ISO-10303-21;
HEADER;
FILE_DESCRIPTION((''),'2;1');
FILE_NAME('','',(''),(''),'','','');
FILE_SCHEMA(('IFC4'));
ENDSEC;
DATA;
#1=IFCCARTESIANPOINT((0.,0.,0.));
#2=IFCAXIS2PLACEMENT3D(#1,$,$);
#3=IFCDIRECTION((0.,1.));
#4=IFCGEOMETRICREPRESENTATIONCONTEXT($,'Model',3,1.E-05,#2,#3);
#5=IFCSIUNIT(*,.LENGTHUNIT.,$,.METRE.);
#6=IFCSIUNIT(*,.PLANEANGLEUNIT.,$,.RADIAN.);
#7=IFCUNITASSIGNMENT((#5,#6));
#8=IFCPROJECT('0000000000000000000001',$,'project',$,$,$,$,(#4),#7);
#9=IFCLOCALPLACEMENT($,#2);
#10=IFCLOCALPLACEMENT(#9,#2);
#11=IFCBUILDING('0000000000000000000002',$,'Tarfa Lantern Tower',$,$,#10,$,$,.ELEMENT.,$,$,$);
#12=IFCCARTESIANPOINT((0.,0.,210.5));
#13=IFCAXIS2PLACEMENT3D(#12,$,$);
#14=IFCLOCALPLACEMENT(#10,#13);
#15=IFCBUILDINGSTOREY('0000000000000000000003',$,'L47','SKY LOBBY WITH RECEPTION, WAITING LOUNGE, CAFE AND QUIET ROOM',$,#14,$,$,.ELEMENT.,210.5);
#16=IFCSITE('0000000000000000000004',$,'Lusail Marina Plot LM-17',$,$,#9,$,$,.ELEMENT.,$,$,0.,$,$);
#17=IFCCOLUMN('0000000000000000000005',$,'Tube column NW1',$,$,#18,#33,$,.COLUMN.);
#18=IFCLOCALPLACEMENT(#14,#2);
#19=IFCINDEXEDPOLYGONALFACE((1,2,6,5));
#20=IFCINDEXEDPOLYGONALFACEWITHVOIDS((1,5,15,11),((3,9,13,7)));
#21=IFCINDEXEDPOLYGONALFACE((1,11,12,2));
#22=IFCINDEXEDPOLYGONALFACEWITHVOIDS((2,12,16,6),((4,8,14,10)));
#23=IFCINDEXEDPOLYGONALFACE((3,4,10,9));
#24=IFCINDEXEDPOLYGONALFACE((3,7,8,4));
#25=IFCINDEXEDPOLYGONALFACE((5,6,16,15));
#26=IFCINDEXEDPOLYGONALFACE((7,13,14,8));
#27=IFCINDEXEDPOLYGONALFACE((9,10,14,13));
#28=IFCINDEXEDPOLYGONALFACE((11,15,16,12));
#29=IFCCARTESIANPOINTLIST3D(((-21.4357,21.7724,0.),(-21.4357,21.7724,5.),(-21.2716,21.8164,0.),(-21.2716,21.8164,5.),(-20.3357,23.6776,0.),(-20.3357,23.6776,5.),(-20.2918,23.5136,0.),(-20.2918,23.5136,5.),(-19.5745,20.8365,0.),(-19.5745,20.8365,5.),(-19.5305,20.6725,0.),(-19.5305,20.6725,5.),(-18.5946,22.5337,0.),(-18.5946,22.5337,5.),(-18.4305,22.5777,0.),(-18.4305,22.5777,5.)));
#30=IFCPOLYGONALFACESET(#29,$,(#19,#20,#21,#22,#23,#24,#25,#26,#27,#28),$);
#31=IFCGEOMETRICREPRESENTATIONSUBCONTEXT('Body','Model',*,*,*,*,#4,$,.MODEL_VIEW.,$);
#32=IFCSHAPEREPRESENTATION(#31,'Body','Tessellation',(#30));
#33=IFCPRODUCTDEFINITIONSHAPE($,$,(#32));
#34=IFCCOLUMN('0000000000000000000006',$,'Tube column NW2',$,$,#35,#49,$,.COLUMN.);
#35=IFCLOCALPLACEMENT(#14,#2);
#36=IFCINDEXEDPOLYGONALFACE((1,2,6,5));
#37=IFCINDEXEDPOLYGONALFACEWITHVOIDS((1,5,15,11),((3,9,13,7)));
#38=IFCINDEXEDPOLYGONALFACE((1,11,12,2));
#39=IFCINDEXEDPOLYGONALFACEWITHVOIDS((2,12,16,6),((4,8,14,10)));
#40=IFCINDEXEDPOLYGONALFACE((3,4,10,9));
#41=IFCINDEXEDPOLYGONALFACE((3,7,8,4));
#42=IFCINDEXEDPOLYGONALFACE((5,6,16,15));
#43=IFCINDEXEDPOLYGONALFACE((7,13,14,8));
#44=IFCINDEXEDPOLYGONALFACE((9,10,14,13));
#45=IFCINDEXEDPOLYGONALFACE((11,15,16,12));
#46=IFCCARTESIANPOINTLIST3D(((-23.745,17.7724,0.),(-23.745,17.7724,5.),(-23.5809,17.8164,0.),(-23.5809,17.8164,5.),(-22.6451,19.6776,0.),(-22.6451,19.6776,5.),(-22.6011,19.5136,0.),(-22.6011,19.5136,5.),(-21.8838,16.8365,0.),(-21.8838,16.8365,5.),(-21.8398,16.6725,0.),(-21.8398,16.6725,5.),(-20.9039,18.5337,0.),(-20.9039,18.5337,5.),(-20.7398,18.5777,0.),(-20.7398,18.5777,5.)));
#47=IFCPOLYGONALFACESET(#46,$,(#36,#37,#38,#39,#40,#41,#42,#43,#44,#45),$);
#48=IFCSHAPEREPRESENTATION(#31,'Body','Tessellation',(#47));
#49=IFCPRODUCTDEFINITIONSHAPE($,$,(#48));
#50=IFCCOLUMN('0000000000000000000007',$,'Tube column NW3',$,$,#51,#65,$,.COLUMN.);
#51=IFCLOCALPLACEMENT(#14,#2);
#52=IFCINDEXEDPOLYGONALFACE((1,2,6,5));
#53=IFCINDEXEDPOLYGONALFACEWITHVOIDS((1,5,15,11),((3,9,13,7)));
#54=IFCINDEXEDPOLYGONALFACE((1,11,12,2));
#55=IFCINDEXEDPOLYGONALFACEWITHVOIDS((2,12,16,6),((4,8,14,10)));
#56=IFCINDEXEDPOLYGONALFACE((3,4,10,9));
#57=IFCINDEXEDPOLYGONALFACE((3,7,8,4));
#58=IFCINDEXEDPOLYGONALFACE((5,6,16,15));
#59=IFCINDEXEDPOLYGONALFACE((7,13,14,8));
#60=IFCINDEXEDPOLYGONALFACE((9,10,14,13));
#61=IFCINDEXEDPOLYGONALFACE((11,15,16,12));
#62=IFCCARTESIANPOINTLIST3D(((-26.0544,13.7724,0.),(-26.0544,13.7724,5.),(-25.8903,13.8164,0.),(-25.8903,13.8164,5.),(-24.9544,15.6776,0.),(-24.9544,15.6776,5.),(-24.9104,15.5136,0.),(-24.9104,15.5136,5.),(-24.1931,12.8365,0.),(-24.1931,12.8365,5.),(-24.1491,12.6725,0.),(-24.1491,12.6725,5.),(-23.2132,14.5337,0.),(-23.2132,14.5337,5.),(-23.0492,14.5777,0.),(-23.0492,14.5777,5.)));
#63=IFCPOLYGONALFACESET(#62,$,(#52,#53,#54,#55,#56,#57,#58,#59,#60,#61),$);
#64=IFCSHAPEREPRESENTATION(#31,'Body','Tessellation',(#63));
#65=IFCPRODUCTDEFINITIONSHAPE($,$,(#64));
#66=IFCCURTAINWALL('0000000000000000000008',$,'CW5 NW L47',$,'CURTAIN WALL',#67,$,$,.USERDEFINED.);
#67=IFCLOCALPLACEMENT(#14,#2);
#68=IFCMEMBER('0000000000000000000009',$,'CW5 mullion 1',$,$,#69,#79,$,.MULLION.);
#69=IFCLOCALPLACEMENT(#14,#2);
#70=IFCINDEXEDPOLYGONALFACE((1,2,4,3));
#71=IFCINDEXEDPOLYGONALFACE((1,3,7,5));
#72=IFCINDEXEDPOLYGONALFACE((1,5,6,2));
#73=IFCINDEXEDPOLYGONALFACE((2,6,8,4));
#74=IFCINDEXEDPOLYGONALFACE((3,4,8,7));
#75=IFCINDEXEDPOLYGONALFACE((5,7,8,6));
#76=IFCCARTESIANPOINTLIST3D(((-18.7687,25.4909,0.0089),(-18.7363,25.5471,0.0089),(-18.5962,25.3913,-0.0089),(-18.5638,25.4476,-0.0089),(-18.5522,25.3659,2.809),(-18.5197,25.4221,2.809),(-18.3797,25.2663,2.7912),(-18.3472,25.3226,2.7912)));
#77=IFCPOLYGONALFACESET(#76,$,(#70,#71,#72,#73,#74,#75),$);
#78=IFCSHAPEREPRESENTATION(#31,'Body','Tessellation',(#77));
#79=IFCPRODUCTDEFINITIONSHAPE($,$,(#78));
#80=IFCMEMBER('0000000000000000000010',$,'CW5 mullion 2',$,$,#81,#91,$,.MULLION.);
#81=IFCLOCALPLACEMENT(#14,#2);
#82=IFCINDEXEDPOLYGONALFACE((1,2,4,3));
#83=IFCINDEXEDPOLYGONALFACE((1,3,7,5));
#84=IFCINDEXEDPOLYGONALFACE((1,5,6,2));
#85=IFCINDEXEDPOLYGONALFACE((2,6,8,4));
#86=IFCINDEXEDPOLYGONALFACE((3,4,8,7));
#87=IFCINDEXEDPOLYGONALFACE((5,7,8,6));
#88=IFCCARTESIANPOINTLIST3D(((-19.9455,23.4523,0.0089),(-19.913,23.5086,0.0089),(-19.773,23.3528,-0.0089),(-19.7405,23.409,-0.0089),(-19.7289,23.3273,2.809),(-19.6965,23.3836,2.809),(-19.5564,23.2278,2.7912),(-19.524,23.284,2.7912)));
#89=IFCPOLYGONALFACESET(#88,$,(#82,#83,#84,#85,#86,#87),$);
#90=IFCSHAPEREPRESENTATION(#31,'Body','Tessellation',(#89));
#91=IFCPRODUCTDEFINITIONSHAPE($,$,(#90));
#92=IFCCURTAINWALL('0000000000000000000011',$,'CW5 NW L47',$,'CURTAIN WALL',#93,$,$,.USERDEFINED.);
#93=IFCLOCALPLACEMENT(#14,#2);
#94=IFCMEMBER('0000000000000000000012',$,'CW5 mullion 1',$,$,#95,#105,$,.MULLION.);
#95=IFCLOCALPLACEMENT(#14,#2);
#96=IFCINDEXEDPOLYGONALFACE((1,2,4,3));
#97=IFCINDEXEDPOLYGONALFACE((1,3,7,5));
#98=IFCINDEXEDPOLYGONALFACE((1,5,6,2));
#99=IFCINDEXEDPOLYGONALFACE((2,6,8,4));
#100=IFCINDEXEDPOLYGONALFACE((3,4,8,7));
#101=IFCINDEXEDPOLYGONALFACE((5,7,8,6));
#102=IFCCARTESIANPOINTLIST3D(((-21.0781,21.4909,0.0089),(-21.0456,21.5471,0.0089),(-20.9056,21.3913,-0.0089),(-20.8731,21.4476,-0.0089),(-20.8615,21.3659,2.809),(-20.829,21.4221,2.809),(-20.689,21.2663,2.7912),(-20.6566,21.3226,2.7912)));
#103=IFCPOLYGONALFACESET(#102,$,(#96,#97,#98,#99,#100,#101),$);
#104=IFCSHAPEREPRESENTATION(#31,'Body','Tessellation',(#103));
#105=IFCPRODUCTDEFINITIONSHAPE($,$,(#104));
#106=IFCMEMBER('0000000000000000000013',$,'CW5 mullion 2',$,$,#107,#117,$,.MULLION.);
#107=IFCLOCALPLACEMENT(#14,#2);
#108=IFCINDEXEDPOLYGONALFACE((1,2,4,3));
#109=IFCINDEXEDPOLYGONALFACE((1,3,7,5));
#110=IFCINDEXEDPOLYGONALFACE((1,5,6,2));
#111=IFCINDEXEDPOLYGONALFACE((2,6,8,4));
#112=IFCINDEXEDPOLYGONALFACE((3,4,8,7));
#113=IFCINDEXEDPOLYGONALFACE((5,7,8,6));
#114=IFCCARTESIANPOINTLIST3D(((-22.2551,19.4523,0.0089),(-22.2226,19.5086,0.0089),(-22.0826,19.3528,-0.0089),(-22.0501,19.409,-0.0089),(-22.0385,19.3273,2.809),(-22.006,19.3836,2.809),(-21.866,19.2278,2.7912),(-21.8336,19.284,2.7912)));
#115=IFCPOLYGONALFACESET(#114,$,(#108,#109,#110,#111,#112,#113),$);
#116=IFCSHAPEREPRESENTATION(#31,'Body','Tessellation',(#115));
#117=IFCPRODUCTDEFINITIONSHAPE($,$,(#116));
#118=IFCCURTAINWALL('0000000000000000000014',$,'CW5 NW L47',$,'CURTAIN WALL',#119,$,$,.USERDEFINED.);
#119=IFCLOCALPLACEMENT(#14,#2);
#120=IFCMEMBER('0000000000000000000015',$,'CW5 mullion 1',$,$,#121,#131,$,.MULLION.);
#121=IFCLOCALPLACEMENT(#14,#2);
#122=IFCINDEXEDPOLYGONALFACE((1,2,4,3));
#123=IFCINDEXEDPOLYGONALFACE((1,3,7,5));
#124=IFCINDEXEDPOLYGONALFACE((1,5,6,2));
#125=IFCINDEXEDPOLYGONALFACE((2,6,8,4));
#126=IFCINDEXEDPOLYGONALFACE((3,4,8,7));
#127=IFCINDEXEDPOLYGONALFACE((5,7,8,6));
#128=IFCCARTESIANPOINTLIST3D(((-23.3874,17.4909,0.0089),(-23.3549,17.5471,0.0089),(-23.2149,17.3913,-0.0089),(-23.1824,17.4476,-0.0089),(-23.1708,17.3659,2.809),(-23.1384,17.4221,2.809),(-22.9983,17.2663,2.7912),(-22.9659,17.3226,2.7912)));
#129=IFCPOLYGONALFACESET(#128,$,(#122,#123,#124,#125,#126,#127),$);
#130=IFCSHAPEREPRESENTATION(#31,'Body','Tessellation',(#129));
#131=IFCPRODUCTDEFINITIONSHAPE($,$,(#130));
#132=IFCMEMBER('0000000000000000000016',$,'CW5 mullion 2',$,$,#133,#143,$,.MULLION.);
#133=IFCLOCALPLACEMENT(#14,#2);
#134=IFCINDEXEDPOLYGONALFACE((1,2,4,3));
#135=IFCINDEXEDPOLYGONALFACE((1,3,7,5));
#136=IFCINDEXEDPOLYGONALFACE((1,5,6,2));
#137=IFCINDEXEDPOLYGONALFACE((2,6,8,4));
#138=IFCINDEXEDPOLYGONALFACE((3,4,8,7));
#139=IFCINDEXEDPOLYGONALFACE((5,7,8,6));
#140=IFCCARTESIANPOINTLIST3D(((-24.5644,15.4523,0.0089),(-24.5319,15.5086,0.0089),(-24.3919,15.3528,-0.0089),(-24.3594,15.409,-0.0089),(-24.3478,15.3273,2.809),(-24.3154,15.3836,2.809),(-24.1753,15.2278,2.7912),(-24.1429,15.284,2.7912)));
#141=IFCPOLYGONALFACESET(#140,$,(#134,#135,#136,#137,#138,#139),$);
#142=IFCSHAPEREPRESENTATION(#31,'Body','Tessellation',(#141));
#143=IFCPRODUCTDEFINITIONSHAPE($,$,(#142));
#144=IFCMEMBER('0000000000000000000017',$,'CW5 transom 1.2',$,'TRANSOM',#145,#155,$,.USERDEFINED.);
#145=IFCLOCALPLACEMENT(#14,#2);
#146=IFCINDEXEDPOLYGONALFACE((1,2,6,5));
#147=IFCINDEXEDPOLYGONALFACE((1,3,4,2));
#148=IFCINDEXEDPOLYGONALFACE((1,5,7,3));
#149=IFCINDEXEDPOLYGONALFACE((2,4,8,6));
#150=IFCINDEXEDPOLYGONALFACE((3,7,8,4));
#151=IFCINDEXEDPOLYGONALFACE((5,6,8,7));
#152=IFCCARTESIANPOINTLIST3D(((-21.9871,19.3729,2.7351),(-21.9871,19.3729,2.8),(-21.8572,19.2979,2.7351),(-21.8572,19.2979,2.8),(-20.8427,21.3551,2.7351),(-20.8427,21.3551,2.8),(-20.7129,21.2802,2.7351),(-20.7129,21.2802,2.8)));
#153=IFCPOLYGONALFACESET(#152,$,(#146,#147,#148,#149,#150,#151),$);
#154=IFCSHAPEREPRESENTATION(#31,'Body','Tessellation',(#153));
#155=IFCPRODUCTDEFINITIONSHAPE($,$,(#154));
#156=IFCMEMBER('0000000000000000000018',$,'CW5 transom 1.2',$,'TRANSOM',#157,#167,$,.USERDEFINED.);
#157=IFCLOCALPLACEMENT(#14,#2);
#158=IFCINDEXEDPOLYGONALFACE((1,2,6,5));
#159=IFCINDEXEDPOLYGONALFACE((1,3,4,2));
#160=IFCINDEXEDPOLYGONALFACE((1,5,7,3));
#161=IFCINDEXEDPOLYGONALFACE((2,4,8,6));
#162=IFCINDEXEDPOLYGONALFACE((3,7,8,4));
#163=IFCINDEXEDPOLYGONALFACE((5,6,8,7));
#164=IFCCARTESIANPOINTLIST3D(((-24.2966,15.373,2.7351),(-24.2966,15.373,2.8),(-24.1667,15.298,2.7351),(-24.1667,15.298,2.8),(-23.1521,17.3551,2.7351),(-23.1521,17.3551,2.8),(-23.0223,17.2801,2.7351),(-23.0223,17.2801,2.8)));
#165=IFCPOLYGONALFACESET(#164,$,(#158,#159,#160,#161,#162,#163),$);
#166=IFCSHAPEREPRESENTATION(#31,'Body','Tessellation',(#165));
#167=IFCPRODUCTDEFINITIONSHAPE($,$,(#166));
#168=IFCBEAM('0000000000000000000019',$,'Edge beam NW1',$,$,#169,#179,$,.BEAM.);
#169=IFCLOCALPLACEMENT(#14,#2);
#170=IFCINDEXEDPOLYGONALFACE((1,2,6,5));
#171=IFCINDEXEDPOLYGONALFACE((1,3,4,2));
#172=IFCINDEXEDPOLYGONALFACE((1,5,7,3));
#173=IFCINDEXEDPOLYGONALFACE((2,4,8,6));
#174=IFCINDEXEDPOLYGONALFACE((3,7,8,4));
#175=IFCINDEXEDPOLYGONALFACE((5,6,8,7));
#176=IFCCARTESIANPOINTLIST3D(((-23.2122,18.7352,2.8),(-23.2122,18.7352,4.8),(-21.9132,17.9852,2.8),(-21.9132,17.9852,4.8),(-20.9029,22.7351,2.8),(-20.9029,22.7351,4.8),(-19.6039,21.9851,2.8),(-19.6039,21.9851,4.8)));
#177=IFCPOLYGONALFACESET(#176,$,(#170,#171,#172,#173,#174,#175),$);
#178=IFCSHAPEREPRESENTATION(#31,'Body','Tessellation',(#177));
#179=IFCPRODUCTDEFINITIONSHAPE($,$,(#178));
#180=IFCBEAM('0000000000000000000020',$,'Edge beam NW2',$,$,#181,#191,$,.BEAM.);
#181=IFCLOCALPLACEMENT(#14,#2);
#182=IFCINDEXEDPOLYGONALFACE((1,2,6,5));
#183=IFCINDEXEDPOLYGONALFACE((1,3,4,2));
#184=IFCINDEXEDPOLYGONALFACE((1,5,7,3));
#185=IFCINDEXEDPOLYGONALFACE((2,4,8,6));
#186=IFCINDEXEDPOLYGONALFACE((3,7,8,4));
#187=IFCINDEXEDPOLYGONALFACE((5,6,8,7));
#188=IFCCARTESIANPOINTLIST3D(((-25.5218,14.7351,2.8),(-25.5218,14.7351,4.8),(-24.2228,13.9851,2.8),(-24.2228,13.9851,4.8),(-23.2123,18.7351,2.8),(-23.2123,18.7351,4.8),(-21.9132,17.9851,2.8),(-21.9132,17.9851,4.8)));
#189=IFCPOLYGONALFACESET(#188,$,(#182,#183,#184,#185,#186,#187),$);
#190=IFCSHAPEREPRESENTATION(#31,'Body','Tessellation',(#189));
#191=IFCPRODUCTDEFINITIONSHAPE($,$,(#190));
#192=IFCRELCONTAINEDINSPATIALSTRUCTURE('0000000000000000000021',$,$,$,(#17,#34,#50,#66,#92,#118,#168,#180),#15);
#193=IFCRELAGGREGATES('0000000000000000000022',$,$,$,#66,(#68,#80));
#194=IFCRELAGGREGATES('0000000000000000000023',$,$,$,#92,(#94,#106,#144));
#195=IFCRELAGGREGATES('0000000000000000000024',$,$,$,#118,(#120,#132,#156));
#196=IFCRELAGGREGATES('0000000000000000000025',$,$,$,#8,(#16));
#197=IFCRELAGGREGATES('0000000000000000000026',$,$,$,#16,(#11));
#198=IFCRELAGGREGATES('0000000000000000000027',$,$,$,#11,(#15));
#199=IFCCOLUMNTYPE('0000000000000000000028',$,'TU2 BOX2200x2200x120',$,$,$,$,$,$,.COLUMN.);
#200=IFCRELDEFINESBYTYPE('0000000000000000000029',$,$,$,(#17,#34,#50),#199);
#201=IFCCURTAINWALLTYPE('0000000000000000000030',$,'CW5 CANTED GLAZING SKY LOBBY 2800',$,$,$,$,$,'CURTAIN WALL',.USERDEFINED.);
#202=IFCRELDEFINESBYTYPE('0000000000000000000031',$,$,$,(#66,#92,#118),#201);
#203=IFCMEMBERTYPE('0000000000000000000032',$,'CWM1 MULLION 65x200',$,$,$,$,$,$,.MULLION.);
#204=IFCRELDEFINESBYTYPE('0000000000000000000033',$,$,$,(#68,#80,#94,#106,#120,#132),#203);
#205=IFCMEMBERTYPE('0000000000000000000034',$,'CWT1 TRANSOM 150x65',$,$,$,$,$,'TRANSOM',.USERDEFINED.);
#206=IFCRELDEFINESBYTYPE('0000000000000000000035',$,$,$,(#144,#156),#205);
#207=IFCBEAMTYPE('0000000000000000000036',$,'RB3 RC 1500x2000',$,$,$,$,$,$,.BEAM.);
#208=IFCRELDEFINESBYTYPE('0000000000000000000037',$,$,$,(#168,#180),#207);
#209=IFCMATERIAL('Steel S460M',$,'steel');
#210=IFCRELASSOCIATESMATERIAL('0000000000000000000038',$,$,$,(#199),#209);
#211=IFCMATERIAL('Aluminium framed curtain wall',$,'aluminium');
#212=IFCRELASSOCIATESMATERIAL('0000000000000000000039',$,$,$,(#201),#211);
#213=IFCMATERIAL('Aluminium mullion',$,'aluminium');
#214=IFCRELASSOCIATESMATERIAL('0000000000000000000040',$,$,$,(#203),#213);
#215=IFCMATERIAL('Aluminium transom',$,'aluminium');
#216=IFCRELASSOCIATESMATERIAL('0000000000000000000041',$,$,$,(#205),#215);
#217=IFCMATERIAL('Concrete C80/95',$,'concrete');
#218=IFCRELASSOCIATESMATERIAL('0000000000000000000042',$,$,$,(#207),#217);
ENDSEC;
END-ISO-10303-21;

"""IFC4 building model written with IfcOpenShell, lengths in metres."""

from ifc_helpers import new_model, si_unit, direction, frame, origin, origin_2d, place, context, subcontext, project, spatial, rectangle, hollow_rectangle, extrude, material, material_profile, profile_set, type_object, element, aggregate, save


model = new_model("IFC4")

# Units and contexts
model_context = context("Model", 3, precision=1e-05, world=origin(), true_north=direction((0.0, 1.0)))
body_context = subcontext(model_context, "Body", "Model", "MODEL_VIEW")
ifc_project = project(units=[si_unit("LENGTHUNIT", "METRE"), si_unit("PLANEANGLEUNIT", "RADIAN")], contexts=[model_context])

# Site, building, storey
site_placement = place(None, origin())
site = spatial("IfcSite", under=ifc_project, at=site_placement, Name="Lusail Marina Plot LM-17", CompositionType="ELEMENT", RefElevation=0.0)
building_placement = place(site_placement, origin())
building = spatial("IfcBuilding", under=site, at=building_placement, Name="Tarfa Lantern Tower", CompositionType="ELEMENT")
storey_placement = place(building_placement, frame((0.0, 0.0, 210.5)))
storey = spatial("IfcBuildingStorey", under=building, at=storey_placement, Name="L47", Description="SKY LOBBY WITH RECEPTION, WAITING LOUNGE, CAFE AND QUIET ROOM", CompositionType="ELEMENT", Elevation=210.5)

# Columns
ifc_material_1 = material(Name="Steel S460M", Category="steel")
ifc_material_profile_1 = material_profile(ifc_material_1, hollow_rectangle(XDim=2.2, YDim=2.2, WallThickness=0.1201, at=origin_2d()), Name="BOX2200x2200x120")
ifc_profile_set_1 = profile_set([ifc_material_profile_1], Name="Steel S460M")
column_type = type_object("IfcColumnType", Name="TU2 BOX2200x2200x120", PredefinedType="COLUMN", material=ifc_profile_set_1)
for number, where, z_axis, x_axis, name in (
    (1, (-19.9331, 22.175, 0.0), (0.0, 0.0, 1.0), (-0.5, -0.866025, 0.0), "Tube column NW1"),
    (2, (-22.2424, 18.175, 0.0), (0.0, 0.0, 1.0), (-0.5, -0.866025, 0.0), "Tube column NW2"),
    (3, (-24.5518, 14.175, 0.0), (0.0, 0.0, 1.0), (-0.5, -0.866025, 0.0), "Tube column NW3"),
):
    element("IfcColumn", number, at=place(storey_placement, frame(where, z_axis=z_axis, x_axis=x_axis)), inside=storey, type_object=column_type, Name=name, PredefinedType="COLUMN", context=body_context, shape_type="SweptSolid", body=[
        extrude(hollow_rectangle(XDim=2.2, YDim=2.2, WallThickness=0.1201, at=origin_2d()), origin(), (0.0, 0.0, 1.0), 5.0),
    ])

# Curtain walls, members
ifc_material_2 = material(Name="Aluminium framed curtain wall", Category="aluminium")
curtain_wall_type = type_object("IfcCurtainWallType", Name="CW5 CANTED GLAZING SKY LOBBY 2800", ElementType="CURTAIN WALL", PredefinedType="USERDEFINED", material=ifc_material_2)
curtain_wall_1_placement = place(storey_placement, origin())
curtain_wall_1 = element("IfcCurtainWall", 4, at=curtain_wall_1_placement, inside=storey, type_object=curtain_wall_type, Name="CW5 NW L47", ObjectType="CURTAIN WALL", PredefinedType="USERDEFINED")
ifc_material_3 = material(Name="Aluminium mullion", Category="aluminium")
ifc_material_profile_2 = material_profile(ifc_material_3, rectangle(XDim=0.0649, YDim=0.2, at=origin_2d()), Name="AL MULLION 65x200")
ifc_profile_set_2 = profile_set([ifc_material_profile_2], Name="Aluminium mullion")
member_type_1 = type_object("IfcMemberType", Name="CWM1 MULLION 65x200", PredefinedType="MULLION", material=ifc_profile_set_2)
member_1_placement = place(storey_placement, frame((-18.6663, 25.4692, 0.0), z_axis=(0.077032, -0.044465, 0.996037), x_axis=(0.49992, 0.866072, 0.0)))
member_1 = element("IfcMember", 5, at=member_1_placement, type_object=member_type_1, Name="CW5 mullion 1", PredefinedType="MULLION", context=body_context, shape_type="SweptSolid", body=[
    extrude(rectangle(XDim=0.0649, YDim=0.2, at=origin_2d()), origin(), (0.0, 0.0, 1.0), 2.8113),
])
member_2_placement = place(storey_placement, frame((-19.843, 23.4307, 0.0), z_axis=(0.077032, -0.044465, 0.996037), x_axis=(0.49992, 0.866072, 0.0)))
member_2 = element("IfcMember", 6, at=member_2_placement, type_object=member_type_1, Name="CW5 mullion 2", PredefinedType="MULLION", context=body_context, shape_type="SweptSolid", body=[
    extrude(rectangle(XDim=0.0649, YDim=0.2, at=origin_2d()), origin(), (0.0, 0.0, 1.0), 2.8113),
])
curtain_wall_2_placement = place(storey_placement, origin())
curtain_wall_2 = element("IfcCurtainWall", 7, at=curtain_wall_2_placement, inside=storey, type_object=curtain_wall_type, Name="CW5 NW L47", ObjectType="CURTAIN WALL", PredefinedType="USERDEFINED")
member_3_placement = place(storey_placement, frame((-20.9756, 21.4692, 0.0), z_axis=(0.077032, -0.044465, 0.996037), x_axis=(0.49992, 0.866072, 0.0)))
member_3 = element("IfcMember", 8, at=member_3_placement, type_object=member_type_1, Name="CW5 mullion 1", PredefinedType="MULLION", context=body_context, shape_type="SweptSolid", body=[
    extrude(rectangle(XDim=0.0649, YDim=0.2, at=origin_2d()), origin(), (0.0, 0.0, 1.0), 2.8113),
])
member_4_placement = place(storey_placement, frame((-22.1526, 19.4307, 0.0), z_axis=(0.077032, -0.044465, 0.996037), x_axis=(0.49992, 0.866072, 0.0)))
member_4 = element("IfcMember", 9, at=member_4_placement, type_object=member_type_1, Name="CW5 mullion 2", PredefinedType="MULLION", context=body_context, shape_type="SweptSolid", body=[
    extrude(rectangle(XDim=0.0649, YDim=0.2, at=origin_2d()), origin(), (0.0, 0.0, 1.0), 2.8113),
])
curtain_wall_3_placement = place(storey_placement, origin())
curtain_wall_3 = element("IfcCurtainWall", 10, at=curtain_wall_3_placement, inside=storey, type_object=curtain_wall_type, Name="CW5 NW L47", ObjectType="CURTAIN WALL", PredefinedType="USERDEFINED")
member_5_placement = place(storey_placement, frame((-23.2849, 17.4692, 0.0), z_axis=(0.077032, -0.044465, 0.996037), x_axis=(0.49992, 0.866072, 0.0)))
member_5 = element("IfcMember", 11, at=member_5_placement, type_object=member_type_1, Name="CW5 mullion 1", PredefinedType="MULLION", context=body_context, shape_type="SweptSolid", body=[
    extrude(rectangle(XDim=0.0649, YDim=0.2, at=origin_2d()), origin(), (0.0, 0.0, 1.0), 2.8113),
])
member_6_placement = place(storey_placement, frame((-24.4619, 15.4307, 0.0), z_axis=(0.077032, -0.044465, 0.996037), x_axis=(0.49992, 0.866072, 0.0)))
member_6 = element("IfcMember", 12, at=member_6_placement, type_object=member_type_1, Name="CW5 mullion 2", PredefinedType="MULLION", context=body_context, shape_type="SweptSolid", body=[
    extrude(rectangle(XDim=0.0649, YDim=0.2, at=origin_2d()), origin(), (0.0, 0.0, 1.0), 2.8113),
])

# Members
ifc_material_4 = material(Name="Aluminium transom", Category="aluminium")
ifc_material_profile_3 = material_profile(ifc_material_4, rectangle(XDim=0.1499, YDim=0.0649, at=origin_2d()), Name="AL TRANSOM 150x65")
ifc_profile_set_3 = profile_set([ifc_material_profile_3], Name="Aluminium transom")
member_type_2 = type_object("IfcMemberType", Name="CWT1 TRANSOM 150x65", ElementType="TRANSOM", PredefinedType="USERDEFINED", material=ifc_profile_set_3)
member_7_placement = place(storey_placement, frame((-20.7778, 21.3176, 2.7676), z_axis=(-0.499959, -0.866049, 0.0), x_axis=(0.866049, -0.499959, 0.0)))
member_7 = element("IfcMember", 13, at=member_7_placement, type_object=member_type_2, Name="CW5 transom 1.2", ObjectType="TRANSOM", PredefinedType="USERDEFINED", context=body_context, shape_type="SweptSolid", body=[
    extrude(rectangle(XDim=0.1499, YDim=0.0649, at=origin_2d()), origin(), (0.0, 0.0, 1.0), 2.2888),
])
member_8_placement = place(storey_placement, frame((-23.0872, 17.3176, 2.7676), z_axis=(-0.500039, -0.866003, 0.0), x_axis=(0.866003, -0.500039, 0.0)))
member_8 = element("IfcMember", 14, at=member_8_placement, type_object=member_type_2, Name="CW5 transom 1.2", ObjectType="TRANSOM", PredefinedType="USERDEFINED", context=body_context, shape_type="SweptSolid", body=[
    extrude(rectangle(XDim=0.1499, YDim=0.0649, at=origin_2d()), origin(), (0.0, 0.0, 1.0), 2.2888),
])

# Beams
ifc_material_5 = material(Name="Concrete C80/95", Category="concrete")
ifc_material_profile_4 = material_profile(ifc_material_5, rectangle(XDim=1.5, YDim=2.0, at=origin_2d()), Name="RC 1500x2000")
ifc_profile_set_4 = profile_set([ifc_material_profile_4], Name="Concrete C80/95")
beam_type_1 = type_object("IfcBeamType", Name="RB3 RC 1500x2000", PredefinedType="BEAM", material=ifc_profile_set_4)
beam_1_placement = place(storey_placement, frame((-20.2534, 22.3601, 3.8), z_axis=(-0.499988, -0.866032, 0.0), x_axis=(0.866032, -0.499988, 0.0)))
element("IfcBeam", 15, at=beam_1_placement, inside=storey, type_object=beam_type_1, Name="Edge beam NW1", PredefinedType="BEAM", context=body_context, shape_type="SweptSolid", body=[
    extrude(rectangle(XDim=1.5, YDim=2.0, at=origin_2d()), origin(), (0.0, 0.0, 1.0), 4.6187),
])
beam_2_placement = place(storey_placement, frame((-22.5627, 18.3601, 3.8), z_axis=(-0.500027, -0.86601, 0.0), x_axis=(0.86601, -0.500027, 0.0)))
element("IfcBeam", 16, at=beam_2_placement, inside=storey, type_object=beam_type_1, Name="Edge beam NW2", PredefinedType="BEAM", context=body_context, shape_type="SweptSolid", body=[
    extrude(rectangle(XDim=1.5, YDim=2.0, at=origin_2d()), origin(), (0.0, 0.0, 1.0), 4.6189),
])

aggregate(curtain_wall_1, [member_1, member_2])
aggregate(curtain_wall_2, [member_3, member_4, member_7])
aggregate(curtain_wall_3, [member_5, member_6, member_8])

save(model, "model.ifc")
